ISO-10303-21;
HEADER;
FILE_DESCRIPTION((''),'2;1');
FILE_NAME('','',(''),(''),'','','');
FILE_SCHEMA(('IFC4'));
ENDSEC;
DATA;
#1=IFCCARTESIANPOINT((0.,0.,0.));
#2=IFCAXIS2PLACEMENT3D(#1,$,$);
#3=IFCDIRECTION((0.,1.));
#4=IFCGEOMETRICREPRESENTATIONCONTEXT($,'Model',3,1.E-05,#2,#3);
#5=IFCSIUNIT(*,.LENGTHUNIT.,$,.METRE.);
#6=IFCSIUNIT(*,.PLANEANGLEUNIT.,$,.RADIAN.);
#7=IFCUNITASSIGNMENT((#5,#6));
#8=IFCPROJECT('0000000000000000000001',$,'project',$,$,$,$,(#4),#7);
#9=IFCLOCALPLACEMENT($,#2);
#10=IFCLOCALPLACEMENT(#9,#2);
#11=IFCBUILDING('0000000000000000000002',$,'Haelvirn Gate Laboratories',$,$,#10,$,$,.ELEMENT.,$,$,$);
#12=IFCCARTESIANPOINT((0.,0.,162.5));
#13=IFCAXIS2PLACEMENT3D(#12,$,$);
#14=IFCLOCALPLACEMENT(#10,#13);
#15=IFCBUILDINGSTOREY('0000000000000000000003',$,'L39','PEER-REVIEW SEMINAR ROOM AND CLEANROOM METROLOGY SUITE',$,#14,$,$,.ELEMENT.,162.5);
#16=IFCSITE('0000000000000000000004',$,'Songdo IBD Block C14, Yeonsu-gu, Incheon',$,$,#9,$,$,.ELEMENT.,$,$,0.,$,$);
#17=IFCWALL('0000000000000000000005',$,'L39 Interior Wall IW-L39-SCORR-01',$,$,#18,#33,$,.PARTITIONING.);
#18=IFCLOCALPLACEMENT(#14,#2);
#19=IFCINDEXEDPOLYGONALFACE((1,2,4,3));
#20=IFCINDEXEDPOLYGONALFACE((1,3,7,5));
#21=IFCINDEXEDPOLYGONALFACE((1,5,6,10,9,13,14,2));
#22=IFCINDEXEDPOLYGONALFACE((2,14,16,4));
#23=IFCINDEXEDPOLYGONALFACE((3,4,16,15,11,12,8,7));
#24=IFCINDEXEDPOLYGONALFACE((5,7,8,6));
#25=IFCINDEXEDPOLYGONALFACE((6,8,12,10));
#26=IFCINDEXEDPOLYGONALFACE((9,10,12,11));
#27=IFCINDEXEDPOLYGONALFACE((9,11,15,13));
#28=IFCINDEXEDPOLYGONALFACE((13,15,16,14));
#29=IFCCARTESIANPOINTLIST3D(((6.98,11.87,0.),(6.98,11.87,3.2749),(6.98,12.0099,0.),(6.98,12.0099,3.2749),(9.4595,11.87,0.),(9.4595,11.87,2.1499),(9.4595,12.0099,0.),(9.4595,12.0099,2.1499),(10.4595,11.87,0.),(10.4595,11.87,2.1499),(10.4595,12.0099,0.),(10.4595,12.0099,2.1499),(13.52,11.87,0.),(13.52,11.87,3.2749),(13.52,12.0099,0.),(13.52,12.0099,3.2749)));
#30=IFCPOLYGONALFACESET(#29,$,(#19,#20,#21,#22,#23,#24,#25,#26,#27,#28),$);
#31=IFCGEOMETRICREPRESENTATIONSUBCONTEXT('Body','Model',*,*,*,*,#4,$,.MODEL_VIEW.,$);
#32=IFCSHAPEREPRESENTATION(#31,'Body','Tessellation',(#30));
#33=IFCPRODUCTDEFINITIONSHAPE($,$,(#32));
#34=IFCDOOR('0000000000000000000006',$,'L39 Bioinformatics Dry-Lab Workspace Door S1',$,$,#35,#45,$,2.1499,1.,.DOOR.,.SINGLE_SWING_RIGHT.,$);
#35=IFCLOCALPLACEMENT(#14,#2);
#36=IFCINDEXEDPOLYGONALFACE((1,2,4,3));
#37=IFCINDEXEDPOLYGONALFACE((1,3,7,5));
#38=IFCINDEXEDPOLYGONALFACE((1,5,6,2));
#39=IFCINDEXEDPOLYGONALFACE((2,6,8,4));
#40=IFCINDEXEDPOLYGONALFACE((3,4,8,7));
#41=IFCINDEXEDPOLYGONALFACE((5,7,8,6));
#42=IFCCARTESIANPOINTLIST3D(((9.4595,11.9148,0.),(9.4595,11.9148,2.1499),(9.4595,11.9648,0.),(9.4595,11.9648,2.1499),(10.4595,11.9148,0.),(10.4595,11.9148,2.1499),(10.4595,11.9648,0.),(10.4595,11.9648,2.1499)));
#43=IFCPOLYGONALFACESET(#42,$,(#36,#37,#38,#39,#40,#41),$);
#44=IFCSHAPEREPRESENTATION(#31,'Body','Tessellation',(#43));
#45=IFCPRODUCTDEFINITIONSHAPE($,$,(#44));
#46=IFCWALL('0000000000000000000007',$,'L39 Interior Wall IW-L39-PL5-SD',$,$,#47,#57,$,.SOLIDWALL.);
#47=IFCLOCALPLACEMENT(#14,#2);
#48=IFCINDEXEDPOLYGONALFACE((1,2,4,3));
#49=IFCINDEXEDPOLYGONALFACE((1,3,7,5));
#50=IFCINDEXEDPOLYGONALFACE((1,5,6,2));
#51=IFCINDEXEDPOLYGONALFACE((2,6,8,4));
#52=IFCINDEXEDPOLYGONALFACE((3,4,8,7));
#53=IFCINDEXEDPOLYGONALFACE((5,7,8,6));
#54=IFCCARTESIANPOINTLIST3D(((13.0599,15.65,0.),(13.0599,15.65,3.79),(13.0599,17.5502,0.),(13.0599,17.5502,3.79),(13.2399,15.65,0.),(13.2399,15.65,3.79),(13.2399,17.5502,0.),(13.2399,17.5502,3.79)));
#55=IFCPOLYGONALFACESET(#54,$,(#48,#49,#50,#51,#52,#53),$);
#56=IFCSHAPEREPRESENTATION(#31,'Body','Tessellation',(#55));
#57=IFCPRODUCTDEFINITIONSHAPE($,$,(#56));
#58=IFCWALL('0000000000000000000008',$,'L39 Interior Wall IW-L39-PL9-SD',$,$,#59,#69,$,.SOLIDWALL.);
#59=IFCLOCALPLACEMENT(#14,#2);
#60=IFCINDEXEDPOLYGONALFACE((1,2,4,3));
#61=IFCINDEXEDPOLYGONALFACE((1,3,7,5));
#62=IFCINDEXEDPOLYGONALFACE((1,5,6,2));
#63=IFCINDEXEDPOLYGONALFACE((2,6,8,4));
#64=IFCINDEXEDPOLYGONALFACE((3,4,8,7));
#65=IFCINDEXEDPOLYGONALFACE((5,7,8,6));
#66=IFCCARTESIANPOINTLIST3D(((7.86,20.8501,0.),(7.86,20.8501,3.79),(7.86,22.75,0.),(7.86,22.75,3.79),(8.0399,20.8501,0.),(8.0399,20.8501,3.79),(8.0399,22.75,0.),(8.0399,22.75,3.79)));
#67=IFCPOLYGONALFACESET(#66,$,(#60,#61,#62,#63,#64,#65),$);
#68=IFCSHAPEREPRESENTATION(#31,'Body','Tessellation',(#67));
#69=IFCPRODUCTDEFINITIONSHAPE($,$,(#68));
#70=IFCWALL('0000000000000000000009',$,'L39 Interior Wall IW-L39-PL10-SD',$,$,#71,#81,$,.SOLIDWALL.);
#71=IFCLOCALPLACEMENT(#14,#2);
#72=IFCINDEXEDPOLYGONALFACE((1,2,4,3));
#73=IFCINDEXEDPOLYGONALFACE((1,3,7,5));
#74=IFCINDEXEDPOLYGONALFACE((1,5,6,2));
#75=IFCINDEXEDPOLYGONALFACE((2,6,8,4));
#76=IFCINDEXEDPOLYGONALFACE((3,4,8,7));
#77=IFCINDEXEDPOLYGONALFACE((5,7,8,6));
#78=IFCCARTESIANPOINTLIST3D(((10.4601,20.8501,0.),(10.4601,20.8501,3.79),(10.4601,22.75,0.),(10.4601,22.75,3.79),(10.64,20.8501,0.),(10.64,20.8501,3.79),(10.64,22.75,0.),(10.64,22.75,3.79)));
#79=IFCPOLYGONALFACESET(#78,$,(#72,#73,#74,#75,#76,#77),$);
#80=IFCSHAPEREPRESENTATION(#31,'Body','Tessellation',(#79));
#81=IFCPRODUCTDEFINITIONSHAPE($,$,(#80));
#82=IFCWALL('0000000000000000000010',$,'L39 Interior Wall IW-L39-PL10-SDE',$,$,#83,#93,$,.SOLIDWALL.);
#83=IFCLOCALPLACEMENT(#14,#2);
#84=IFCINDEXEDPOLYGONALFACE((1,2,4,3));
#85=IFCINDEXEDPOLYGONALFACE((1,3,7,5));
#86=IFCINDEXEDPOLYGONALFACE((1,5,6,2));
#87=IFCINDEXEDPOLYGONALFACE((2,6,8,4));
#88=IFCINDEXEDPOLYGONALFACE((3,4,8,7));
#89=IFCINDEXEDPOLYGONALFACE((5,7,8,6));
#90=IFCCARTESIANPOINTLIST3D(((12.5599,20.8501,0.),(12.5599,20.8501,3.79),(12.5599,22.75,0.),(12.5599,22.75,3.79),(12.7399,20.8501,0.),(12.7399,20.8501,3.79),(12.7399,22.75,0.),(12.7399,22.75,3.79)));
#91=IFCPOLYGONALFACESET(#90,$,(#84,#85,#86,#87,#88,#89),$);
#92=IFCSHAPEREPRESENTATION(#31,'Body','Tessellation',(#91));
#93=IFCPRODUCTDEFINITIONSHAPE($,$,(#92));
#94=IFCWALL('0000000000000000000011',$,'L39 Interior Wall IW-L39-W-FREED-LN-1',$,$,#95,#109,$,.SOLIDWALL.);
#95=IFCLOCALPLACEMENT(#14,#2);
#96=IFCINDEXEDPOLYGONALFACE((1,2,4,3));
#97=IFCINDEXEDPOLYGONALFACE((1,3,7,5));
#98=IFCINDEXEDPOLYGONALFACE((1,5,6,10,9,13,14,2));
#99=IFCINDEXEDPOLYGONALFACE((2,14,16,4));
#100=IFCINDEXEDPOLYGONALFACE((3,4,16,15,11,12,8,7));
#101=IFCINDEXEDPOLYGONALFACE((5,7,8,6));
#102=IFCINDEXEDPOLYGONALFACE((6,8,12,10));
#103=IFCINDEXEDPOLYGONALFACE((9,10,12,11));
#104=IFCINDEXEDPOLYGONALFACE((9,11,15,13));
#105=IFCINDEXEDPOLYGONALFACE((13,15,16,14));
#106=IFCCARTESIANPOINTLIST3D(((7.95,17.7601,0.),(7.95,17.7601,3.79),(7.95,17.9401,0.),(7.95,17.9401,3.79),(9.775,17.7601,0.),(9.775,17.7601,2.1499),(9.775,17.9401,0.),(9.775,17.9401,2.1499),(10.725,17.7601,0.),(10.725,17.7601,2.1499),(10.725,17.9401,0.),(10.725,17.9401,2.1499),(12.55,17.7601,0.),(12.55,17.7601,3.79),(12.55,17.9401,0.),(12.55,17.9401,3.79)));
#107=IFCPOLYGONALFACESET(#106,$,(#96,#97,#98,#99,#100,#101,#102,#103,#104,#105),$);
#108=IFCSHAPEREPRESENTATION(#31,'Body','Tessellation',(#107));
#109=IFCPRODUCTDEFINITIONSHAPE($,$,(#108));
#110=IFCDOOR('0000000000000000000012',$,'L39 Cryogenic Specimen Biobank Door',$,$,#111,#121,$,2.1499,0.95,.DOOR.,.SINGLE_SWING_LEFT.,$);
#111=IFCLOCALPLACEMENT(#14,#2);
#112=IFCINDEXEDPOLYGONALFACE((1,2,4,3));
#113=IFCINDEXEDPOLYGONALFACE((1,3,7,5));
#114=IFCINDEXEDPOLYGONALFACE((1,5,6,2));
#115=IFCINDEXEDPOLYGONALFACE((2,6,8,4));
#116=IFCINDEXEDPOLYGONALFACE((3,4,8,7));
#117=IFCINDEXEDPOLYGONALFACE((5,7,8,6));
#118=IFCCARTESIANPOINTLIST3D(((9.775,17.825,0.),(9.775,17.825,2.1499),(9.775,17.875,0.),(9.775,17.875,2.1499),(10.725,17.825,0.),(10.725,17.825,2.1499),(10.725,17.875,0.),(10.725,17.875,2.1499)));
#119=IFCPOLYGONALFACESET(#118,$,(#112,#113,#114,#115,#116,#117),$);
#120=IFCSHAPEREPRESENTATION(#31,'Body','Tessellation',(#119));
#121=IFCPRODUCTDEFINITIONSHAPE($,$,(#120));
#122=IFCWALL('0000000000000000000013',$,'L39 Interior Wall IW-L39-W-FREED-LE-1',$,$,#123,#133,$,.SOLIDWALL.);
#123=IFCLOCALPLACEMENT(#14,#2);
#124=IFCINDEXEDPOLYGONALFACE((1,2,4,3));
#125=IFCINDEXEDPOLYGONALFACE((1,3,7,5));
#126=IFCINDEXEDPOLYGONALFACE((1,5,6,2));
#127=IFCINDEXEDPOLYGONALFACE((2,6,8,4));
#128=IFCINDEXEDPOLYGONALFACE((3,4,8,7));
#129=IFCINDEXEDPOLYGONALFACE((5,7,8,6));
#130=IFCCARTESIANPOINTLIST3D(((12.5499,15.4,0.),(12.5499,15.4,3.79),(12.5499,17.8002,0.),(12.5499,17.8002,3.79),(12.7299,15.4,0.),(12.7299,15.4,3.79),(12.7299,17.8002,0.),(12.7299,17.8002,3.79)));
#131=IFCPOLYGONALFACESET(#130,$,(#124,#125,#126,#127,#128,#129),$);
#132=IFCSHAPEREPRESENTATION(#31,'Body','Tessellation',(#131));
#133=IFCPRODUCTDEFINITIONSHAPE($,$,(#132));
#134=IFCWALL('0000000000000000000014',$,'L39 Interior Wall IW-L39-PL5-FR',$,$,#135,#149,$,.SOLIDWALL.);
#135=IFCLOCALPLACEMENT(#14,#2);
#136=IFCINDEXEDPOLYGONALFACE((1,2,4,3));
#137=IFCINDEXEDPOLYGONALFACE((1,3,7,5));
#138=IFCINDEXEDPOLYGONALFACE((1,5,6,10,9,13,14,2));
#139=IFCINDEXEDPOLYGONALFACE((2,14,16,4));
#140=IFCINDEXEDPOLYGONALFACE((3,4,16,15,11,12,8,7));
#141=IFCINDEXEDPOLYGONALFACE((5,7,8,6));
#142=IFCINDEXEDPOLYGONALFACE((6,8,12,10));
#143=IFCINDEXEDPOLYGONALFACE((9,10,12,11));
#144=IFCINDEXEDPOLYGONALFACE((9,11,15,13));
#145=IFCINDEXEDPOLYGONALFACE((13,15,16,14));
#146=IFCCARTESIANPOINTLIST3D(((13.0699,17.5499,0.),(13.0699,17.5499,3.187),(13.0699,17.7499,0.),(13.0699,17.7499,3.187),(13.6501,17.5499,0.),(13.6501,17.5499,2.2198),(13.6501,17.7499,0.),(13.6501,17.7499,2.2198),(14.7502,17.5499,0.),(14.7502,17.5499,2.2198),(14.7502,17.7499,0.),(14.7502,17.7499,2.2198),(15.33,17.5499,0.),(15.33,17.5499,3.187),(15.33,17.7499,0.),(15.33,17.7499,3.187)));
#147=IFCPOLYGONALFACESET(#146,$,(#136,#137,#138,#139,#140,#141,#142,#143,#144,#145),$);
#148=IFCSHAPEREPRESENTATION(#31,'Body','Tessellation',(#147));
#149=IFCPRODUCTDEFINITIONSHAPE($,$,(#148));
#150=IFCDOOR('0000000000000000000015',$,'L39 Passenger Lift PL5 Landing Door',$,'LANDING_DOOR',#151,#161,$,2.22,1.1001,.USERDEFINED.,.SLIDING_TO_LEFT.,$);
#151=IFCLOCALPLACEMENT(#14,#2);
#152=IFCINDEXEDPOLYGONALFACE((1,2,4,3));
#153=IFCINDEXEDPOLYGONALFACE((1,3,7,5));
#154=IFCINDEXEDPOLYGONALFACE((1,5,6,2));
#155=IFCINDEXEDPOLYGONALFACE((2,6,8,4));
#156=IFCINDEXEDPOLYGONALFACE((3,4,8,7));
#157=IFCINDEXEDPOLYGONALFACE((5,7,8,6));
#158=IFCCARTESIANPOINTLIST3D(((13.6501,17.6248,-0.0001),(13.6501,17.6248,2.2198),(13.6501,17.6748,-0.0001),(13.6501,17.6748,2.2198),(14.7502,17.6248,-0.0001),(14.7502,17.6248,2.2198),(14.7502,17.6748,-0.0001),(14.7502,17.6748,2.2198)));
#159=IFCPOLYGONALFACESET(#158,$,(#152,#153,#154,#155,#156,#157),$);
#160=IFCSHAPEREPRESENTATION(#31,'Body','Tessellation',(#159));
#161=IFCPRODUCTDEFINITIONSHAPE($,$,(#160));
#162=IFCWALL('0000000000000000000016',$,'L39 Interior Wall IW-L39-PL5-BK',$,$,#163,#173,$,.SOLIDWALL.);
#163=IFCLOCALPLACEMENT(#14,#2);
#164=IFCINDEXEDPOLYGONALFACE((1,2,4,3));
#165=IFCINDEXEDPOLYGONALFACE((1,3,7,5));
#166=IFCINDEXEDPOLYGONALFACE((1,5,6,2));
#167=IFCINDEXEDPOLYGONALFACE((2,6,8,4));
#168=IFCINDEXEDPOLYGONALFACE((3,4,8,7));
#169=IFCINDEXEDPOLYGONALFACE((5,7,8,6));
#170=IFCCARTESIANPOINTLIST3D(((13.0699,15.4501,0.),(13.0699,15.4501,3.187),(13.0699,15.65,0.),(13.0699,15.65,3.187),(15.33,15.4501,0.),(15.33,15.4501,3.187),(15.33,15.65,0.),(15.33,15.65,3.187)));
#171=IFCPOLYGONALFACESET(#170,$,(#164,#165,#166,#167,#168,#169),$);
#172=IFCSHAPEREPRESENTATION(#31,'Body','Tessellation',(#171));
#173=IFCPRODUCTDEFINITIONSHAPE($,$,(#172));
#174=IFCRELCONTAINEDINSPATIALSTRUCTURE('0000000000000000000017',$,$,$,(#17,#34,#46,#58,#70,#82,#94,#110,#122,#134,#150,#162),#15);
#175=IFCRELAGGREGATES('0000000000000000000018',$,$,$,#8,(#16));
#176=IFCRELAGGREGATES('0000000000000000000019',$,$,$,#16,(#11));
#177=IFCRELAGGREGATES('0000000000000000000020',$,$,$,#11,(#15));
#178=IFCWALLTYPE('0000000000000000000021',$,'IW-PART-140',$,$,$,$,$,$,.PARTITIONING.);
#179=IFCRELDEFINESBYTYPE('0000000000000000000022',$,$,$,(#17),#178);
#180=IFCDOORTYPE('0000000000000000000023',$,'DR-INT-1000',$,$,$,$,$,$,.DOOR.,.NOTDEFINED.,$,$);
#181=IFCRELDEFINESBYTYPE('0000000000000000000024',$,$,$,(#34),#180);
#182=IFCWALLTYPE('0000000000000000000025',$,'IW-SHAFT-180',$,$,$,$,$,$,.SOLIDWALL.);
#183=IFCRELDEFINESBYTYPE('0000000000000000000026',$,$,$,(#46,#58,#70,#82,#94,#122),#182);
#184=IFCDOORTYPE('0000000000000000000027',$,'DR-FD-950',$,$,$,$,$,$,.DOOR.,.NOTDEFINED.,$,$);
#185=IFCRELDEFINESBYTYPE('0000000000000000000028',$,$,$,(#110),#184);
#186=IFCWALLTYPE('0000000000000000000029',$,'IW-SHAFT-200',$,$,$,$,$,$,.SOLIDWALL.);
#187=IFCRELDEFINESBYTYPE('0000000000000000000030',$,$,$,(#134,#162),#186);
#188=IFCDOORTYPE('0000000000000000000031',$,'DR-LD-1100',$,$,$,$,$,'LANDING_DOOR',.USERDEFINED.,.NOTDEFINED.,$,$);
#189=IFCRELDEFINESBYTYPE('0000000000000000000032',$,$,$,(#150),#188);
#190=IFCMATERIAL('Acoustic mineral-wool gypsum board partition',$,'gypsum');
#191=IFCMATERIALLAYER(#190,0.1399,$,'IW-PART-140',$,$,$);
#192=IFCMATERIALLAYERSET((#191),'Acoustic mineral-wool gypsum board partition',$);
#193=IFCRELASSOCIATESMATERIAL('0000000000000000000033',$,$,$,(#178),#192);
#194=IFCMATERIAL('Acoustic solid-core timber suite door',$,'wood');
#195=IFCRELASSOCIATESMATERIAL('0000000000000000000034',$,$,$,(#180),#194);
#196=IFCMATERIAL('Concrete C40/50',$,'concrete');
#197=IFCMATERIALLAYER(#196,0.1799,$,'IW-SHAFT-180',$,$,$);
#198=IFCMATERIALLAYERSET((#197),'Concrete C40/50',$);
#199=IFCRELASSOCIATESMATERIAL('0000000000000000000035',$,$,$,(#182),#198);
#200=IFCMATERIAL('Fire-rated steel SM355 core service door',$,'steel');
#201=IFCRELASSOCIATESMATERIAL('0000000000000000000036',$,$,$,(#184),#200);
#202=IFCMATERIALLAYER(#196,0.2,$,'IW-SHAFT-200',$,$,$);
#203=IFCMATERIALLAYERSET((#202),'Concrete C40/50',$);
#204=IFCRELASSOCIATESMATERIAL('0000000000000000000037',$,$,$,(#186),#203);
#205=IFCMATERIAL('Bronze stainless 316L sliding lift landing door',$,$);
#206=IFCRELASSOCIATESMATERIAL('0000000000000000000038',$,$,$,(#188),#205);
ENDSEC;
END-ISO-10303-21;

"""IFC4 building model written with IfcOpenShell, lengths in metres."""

from ifc_helpers import new_model, si_unit, direction, frame, frame_2d, origin, place, context, subcontext, project, spatial, rectangle, extrude, source, transform, mapped, material, layer, layer_set, type_object, type_shapes, element, fill, save


model = new_model("IFC4")

# Units and contexts
model_context = context("Model", 3, precision=1e-05, world=origin(), true_north=direction((0.0, 1.0)))
body_context = subcontext(model_context, "Body", "Model", "MODEL_VIEW")
ifc_project = project(units=[si_unit("LENGTHUNIT", "METRE"), si_unit("PLANEANGLEUNIT", "RADIAN")], contexts=[model_context])

# Site, building, storey
site_placement = place(None, origin())
site = spatial("IfcSite", under=ifc_project, at=site_placement, Name="Songdo IBD Block C14, Yeonsu-gu, Incheon", CompositionType="ELEMENT", RefElevation=0.0)
building_placement = place(site_placement, origin())
building = spatial("IfcBuilding", under=site, at=building_placement, Name="Haelvirn Gate Laboratories", CompositionType="ELEMENT")
storey_placement = place(building_placement, frame((0.0, 0.0, 162.5)))
storey = spatial("IfcBuildingStorey", under=building, at=storey_placement, Name="L39", Description="PEER-REVIEW SEMINAR ROOM AND CLEANROOM METROLOGY SUITE", CompositionType="ELEMENT", Elevation=162.5)

# Wall, opening, door
ifc_material_1 = material(Name="Acoustic mineral-wool gypsum board partition", Category="gypsum")
ifc_layer_1 = layer(ifc_material_1, 0.1399, Name="IW-PART-140")
ifc_layer_set_1 = layer_set([ifc_layer_1], Name="Acoustic mineral-wool gypsum board partition")
wall_type_1 = type_object("IfcWallType", Name="IW-PART-140", PredefinedType="PARTITIONING", material=ifc_layer_set_1)
wall_1_placement = place(storey_placement, frame((6.98, 11.9399, 0.0), z_axis=(0.0, 0.0, 1.0), x_axis=(1.0, 0.0, 0.0)))
wall_1 = element("IfcWall", 1, at=wall_1_placement, inside=storey, type_object=wall_type_1, Name="L39 Interior Wall IW-L39-SCORR-01", PredefinedType="PARTITIONING", context=body_context, shape_type="SweptSolid", body=[
    extrude(rectangle(XDim=6.54, YDim=0.1399, at=frame_2d((3.27, 0.0))), origin(), (0.0, 0.0, 1.0), 3.2749),
])
opening_1_placement = place(wall_1_placement, frame((2.4795, 0.0, 0.0)))
opening_1 = element("IfcOpeningElement", 2, at=opening_1_placement, cuts=wall_1, PredefinedType="OPENING", context=body_context, shape_type="SweptSolid", body=[
    extrude(rectangle(XDim=1.0, YDim=2.1499, at=frame_2d((0.5, 1.075))), frame((0.0, 0.0801, 0.0), z_axis=(0.0, -1.0, 0.0), x_axis=(1.0, 0.0, 0.0)), (0.0, 0.0, 1.0), 0.1599),
])
ifc_material_2 = material(Name="Acoustic solid-core timber suite door", Category="wood")
door_type_1 = type_object("IfcDoorType", Name="DR-INT-1000", OperationType="NOTDEFINED", PredefinedType="DOOR", material=ifc_material_2)
shared_shape_1 = source(origin(), body_context, "Body", "SweptSolid", [
    extrude(rectangle(XDim=1.0, YDim=2.1499, at=frame_2d((0.5, 1.075))), frame((0.0, 0.0249, 0.0), z_axis=(0.0, -1.0, 0.0), x_axis=(1.0, 0.0, 0.0)), (0.0, 0.0, 1.0), 0.05),
])
type_shapes(door_type_1, [shared_shape_1])
door_1_placement = place(opening_1_placement, origin())
door_1 = element("IfcDoor", 3, at=door_1_placement, inside=storey, type_object=door_type_1, Name="L39 Bioinformatics Dry-Lab Workspace Door S1", OperationType="SINGLE_SWING_RIGHT", OverallHeight=2.1499, OverallWidth=1.0, PredefinedType="DOOR", context=body_context, shape_type="MappedRepresentation", body=[
    mapped(shared_shape_1, transform((0.0, 0.0, 0.0), scale=1.0)),
])
fill(opening_1, door_1)

# Walls
ifc_material_3 = material(Name="Concrete C40/50", Category="concrete")
ifc_layer_2 = layer(ifc_material_3, 0.1799, Name="IW-SHAFT-180")
ifc_layer_set_2 = layer_set([ifc_layer_2], Name="Concrete C40/50")
wall_type_2 = type_object("IfcWallType", Name="IW-SHAFT-180", PredefinedType="SOLIDWALL", material=ifc_layer_set_2)
wall_2_placement = place(storey_placement, frame((13.1499, 15.6499, 0.0), z_axis=(0.0, 0.0, 1.0), x_axis=(0.0, 1.0, 0.0)))
element("IfcWall", 4, at=wall_2_placement, inside=storey, type_object=wall_type_2, Name="L39 Interior Wall IW-L39-PL5-SD", PredefinedType="SOLIDWALL", context=body_context, shape_type="SweptSolid", body=[
    extrude(rectangle(XDim=1.9001, YDim=0.1799, at=frame_2d((0.9502, 0.0))), origin(), (0.0, 0.0, 1.0), 3.79),
])
for number, where, z_axis, x_axis, name in (
    (5, (7.95, 20.8501, 0.0), (0.0, 0.0, 1.0), (0.0, 1.0, 0.0), "L39 Interior Wall IW-L39-PL9-SD"),
    (6, (10.55, 20.8501, 0.0), (0.0, 0.0, 1.0), (0.0, 1.0, 0.0), "L39 Interior Wall IW-L39-PL10-SD"),
    (7, (12.6499, 20.8501, 0.0), (0.0, 0.0, 1.0), (0.0, 1.0, 0.0), "L39 Interior Wall IW-L39-PL10-SDE"),
):
    element("IfcWall", number, at=place(storey_placement, frame(where, z_axis=z_axis, x_axis=x_axis)), inside=storey, type_object=wall_type_2, Name=name, PredefinedType="SOLIDWALL", context=body_context, shape_type="SweptSolid", body=[
        extrude(rectangle(XDim=1.8999, YDim=0.1799, at=frame_2d((0.95, 0.0))), origin(), (0.0, 0.0, 1.0), 3.79),
    ])

# Wall, opening, door
wall_3_placement = place(storey_placement, frame((7.95, 17.8501, 0.0), z_axis=(0.0, 0.0, 1.0), x_axis=(1.0, 0.0, 0.0)))
wall_3 = element("IfcWall", 8, at=wall_3_placement, inside=storey, type_object=wall_type_2, Name="L39 Interior Wall IW-L39-W-FREED-LN-1", PredefinedType="SOLIDWALL", context=body_context, shape_type="SweptSolid", body=[
    extrude(rectangle(XDim=4.6001, YDim=0.1799, at=frame_2d((2.3, 0.0))), origin(), (0.0, 0.0, 1.0), 3.79),
])
opening_2_placement = place(wall_3_placement, frame((1.825, 0.0, 0.0)))
opening_2 = element("IfcOpeningElement", 9, at=opening_2_placement, cuts=wall_3, PredefinedType="OPENING", context=body_context, shape_type="SweptSolid", body=[
    extrude(rectangle(XDim=0.95, YDim=2.1499, at=frame_2d((0.4751, 1.075))), frame((0.0, 0.1001, 0.0), z_axis=(0.0, -1.0, 0.0), x_axis=(1.0, 0.0, 0.0)), (0.0, 0.0, 1.0), 0.2),
])
ifc_material_4 = material(Name="Fire-rated steel SM355 core service door", Category="steel")
door_type_2 = type_object("IfcDoorType", Name="DR-FD-950", OperationType="NOTDEFINED", PredefinedType="DOOR", material=ifc_material_4)
shared_shape_2 = source(origin(), body_context, "Body", "SweptSolid", [
    extrude(rectangle(XDim=0.95, YDim=2.1499, at=frame_2d((0.4751, 1.075))), frame((0.0, 0.0249, 0.0), z_axis=(0.0, -1.0, 0.0), x_axis=(1.0, 0.0, 0.0)), (0.0, 0.0, 1.0), 0.05),
])
type_shapes(door_type_2, [shared_shape_2])
door_2_placement = place(opening_2_placement, origin())
door_2 = element("IfcDoor", 10, at=door_2_placement, inside=storey, type_object=door_type_2, Name="L39 Cryogenic Specimen Biobank Door", OperationType="SINGLE_SWING_LEFT", OverallHeight=2.1499, OverallWidth=0.95, PredefinedType="DOOR", context=body_context, shape_type="MappedRepresentation", body=[
    mapped(shared_shape_2, transform((0.0, 0.0, 0.0), scale=1.0)),
])
fill(opening_2, door_2)

# Wall
wall_4_placement = place(storey_placement, frame((12.6399, 15.3999, 0.0), z_axis=(0.0, 0.0, 1.0), x_axis=(0.0, 1.0, 0.0)))
element("IfcWall", 11, at=wall_4_placement, inside=storey, type_object=wall_type_2, Name="L39 Interior Wall IW-L39-W-FREED-LE-1", PredefinedType="SOLIDWALL", context=body_context, shape_type="SweptSolid", body=[
    extrude(rectangle(XDim=2.4001, YDim=0.1799, at=frame_2d((1.2002, 0.0))), origin(), (0.0, 0.0, 1.0), 3.79),
])

# Wall, opening, door
ifc_layer_3 = layer(ifc_material_3, 0.2, Name="IW-SHAFT-200")
ifc_layer_set_3 = layer_set([ifc_layer_3], Name="Concrete C40/50")
wall_type_3 = type_object("IfcWallType", Name="IW-SHAFT-200", PredefinedType="SOLIDWALL", material=ifc_layer_set_3)
wall_5_placement = place(storey_placement, frame((13.0701, 17.6499, 0.0), z_axis=(0.0, 0.0, 1.0), x_axis=(1.0, 0.0, 0.0)))
wall_5 = element("IfcWall", 12, at=wall_5_placement, inside=storey, type_object=wall_type_3, Name="L39 Interior Wall IW-L39-PL5-FR", PredefinedType="SOLIDWALL", context=body_context, shape_type="SweptSolid", body=[
    extrude(rectangle(XDim=2.26, YDim=0.2, at=frame_2d((1.1299, 0.0))), origin(), (0.0, 0.0, 1.0), 3.187),
])
opening_3_placement = place(wall_5_placement, frame((0.5801, 0.0, 0.0)))
opening_3 = element("IfcOpeningElement", 13, at=opening_3_placement, cuts=wall_5, PredefinedType="OPENING", context=body_context, shape_type="SweptSolid", body=[
    extrude(rectangle(XDim=1.1001, YDim=2.22, at=frame_2d((0.55, 1.1099))), frame((0.0, 0.1099, 0.0), z_axis=(0.0, -1.0, 0.0), x_axis=(1.0, 0.0, 0.0)), (0.0, 0.0, 1.0), 0.22),
])
ifc_material_5 = material(Name="Bronze stainless 316L sliding lift landing door")
door_type_3 = type_object("IfcDoorType", Name="DR-LD-1100", ElementType="LANDING_DOOR", OperationType="NOTDEFINED", PredefinedType="USERDEFINED", material=ifc_material_5)
shared_shape_3 = source(origin(), body_context, "Body", "SweptSolid", [
    extrude(rectangle(XDim=1.1001, YDim=2.22, at=frame_2d((0.55, 1.1099))), frame((0.0, 0.0249, 0.0), z_axis=(0.0, -1.0, 0.0), x_axis=(1.0, 0.0, 0.0)), (0.0, 0.0, 1.0), 0.05),
])
type_shapes(door_type_3, [shared_shape_3])
door_3_placement = place(opening_3_placement, origin())
door_3 = element("IfcDoor", 14, at=door_3_placement, inside=storey, type_object=door_type_3, Name="L39 Passenger Lift PL5 Landing Door", ObjectType="LANDING_DOOR", OperationType="SLIDING_TO_LEFT", OverallHeight=2.22, OverallWidth=1.1001, PredefinedType="USERDEFINED", context=body_context, shape_type="MappedRepresentation", body=[
    mapped(shared_shape_3, transform((0.0, 0.0, 0.0), scale=1.0)),
])
fill(opening_3, door_3)

# Wall
wall_6_placement = place(storey_placement, frame((13.0701, 15.55, 0.0), z_axis=(0.0, 0.0, 1.0), x_axis=(1.0, 0.0, 0.0)))
element("IfcWall", 15, at=wall_6_placement, inside=storey, type_object=wall_type_3, Name="L39 Interior Wall IW-L39-PL5-BK", PredefinedType="SOLIDWALL", context=body_context, shape_type="SweptSolid", body=[
    extrude(rectangle(XDim=2.26, YDim=0.2, at=frame_2d((1.1299, 0.0))), origin(), (0.0, 0.0, 1.0), 3.187),
])

save(model, "model.ifc")
